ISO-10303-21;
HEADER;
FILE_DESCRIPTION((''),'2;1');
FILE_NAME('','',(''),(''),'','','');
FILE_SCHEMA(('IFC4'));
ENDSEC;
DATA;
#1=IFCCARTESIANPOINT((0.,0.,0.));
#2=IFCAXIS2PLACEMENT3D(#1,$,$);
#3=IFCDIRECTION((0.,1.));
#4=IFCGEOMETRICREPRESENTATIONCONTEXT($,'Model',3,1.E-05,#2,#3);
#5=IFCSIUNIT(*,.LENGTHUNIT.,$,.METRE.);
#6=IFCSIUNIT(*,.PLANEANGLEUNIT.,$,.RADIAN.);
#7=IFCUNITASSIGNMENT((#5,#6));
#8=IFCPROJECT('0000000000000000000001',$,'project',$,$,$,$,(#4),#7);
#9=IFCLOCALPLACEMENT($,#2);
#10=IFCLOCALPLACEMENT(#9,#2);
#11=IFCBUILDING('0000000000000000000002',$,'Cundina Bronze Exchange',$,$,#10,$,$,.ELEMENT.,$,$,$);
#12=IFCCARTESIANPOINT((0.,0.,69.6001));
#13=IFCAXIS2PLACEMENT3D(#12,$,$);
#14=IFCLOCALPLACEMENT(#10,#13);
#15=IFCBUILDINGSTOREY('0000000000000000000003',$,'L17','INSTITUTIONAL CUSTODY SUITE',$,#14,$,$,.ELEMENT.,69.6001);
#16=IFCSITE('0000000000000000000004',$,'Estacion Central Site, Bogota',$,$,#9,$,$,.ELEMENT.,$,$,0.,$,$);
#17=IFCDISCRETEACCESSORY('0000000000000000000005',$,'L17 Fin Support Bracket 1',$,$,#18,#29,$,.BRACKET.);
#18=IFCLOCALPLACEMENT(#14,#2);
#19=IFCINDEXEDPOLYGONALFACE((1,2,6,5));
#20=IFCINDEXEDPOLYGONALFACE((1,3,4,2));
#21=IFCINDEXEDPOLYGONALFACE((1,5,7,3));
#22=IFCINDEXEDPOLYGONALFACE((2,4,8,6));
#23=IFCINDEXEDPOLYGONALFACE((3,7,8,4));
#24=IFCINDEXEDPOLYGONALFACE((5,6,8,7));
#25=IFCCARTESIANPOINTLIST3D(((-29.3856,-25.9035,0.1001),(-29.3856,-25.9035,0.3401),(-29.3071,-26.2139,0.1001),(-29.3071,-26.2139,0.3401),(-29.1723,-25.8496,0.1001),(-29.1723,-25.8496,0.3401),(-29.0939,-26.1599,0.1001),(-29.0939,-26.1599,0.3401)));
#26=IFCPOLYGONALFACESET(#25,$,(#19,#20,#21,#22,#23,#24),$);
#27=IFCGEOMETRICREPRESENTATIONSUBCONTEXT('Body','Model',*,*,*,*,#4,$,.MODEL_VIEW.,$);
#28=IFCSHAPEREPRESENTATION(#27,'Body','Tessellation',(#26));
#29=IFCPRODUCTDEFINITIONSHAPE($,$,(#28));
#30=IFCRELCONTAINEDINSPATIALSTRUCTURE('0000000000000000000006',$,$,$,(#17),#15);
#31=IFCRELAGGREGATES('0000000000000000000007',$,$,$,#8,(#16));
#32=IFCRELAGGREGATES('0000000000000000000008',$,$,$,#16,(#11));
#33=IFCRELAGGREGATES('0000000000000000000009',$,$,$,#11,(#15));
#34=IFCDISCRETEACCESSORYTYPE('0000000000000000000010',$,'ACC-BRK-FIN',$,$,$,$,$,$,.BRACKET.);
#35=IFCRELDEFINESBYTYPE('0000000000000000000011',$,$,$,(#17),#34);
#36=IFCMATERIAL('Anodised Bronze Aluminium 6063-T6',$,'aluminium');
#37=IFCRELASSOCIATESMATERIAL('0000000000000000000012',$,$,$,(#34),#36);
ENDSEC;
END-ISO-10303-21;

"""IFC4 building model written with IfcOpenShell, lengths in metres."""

from ifc_helpers import new_model, si_unit, direction, frame, origin, origin_2d, place, context, subcontext, project, spatial, rectangle, extrude, material, type_object, element, save


model = new_model("IFC4")

# Units and contexts
model_context = context("Model", 3, precision=1e-05, world=origin(), true_north=direction((0.0, 1.0)))
body_context = subcontext(model_context, "Body", "Model", "MODEL_VIEW")
ifc_project = project(units=[si_unit("LENGTHUNIT", "METRE"), si_unit("PLANEANGLEUNIT", "RADIAN")], contexts=[model_context])

# Site, building, storey
site_placement = place(None, origin())
site = spatial("IfcSite", under=ifc_project, at=site_placement, Name="Estacion Central Site, Bogota", CompositionType="ELEMENT", RefElevation=0.0)
building_placement = place(site_placement, origin())
building = spatial("IfcBuilding", under=site, at=building_placement, Name="Cundina Bronze Exchange", CompositionType="ELEMENT")
storey_placement = place(building_placement, frame((0.0, 0.0, 69.6001)))
storey = spatial("IfcBuildingStorey", under=building, at=storey_placement, Name="L17", Description="INSTITUTIONAL CUSTODY SUITE", CompositionType="ELEMENT", Elevation=69.6001)

# Shared definitions
ifc_material_1 = material(Name="Anodised Bronze Aluminium 6063-T6", Category="aluminium")

# Discrete accessory
discrete_accessory_type = type_object("IfcDiscreteAccessoryType", Name="ACC-BRK-FIN", PredefinedType="BRACKET", material=ifc_material_1)
discrete_accessory_placement = place(storey_placement, frame((-29.2397, -26.0317, 0.1001), z_axis=(0.0, 0.0, 1.0), x_axis=(0.969488, 0.245138, 0.0)))
element("IfcDiscreteAccessory", 1, at=discrete_accessory_placement, inside=storey, type_object=discrete_accessory_type, Name="L17 Fin Support Bracket 1", PredefinedType="BRACKET", context=body_context, shape_type="SweptSolid", body=[
    extrude(rectangle(XDim=0.22, YDim=0.3201, at=origin_2d()), origin(), (0.0, 0.0, 1.0), 0.24),
])

save(model, "model.ifc")
